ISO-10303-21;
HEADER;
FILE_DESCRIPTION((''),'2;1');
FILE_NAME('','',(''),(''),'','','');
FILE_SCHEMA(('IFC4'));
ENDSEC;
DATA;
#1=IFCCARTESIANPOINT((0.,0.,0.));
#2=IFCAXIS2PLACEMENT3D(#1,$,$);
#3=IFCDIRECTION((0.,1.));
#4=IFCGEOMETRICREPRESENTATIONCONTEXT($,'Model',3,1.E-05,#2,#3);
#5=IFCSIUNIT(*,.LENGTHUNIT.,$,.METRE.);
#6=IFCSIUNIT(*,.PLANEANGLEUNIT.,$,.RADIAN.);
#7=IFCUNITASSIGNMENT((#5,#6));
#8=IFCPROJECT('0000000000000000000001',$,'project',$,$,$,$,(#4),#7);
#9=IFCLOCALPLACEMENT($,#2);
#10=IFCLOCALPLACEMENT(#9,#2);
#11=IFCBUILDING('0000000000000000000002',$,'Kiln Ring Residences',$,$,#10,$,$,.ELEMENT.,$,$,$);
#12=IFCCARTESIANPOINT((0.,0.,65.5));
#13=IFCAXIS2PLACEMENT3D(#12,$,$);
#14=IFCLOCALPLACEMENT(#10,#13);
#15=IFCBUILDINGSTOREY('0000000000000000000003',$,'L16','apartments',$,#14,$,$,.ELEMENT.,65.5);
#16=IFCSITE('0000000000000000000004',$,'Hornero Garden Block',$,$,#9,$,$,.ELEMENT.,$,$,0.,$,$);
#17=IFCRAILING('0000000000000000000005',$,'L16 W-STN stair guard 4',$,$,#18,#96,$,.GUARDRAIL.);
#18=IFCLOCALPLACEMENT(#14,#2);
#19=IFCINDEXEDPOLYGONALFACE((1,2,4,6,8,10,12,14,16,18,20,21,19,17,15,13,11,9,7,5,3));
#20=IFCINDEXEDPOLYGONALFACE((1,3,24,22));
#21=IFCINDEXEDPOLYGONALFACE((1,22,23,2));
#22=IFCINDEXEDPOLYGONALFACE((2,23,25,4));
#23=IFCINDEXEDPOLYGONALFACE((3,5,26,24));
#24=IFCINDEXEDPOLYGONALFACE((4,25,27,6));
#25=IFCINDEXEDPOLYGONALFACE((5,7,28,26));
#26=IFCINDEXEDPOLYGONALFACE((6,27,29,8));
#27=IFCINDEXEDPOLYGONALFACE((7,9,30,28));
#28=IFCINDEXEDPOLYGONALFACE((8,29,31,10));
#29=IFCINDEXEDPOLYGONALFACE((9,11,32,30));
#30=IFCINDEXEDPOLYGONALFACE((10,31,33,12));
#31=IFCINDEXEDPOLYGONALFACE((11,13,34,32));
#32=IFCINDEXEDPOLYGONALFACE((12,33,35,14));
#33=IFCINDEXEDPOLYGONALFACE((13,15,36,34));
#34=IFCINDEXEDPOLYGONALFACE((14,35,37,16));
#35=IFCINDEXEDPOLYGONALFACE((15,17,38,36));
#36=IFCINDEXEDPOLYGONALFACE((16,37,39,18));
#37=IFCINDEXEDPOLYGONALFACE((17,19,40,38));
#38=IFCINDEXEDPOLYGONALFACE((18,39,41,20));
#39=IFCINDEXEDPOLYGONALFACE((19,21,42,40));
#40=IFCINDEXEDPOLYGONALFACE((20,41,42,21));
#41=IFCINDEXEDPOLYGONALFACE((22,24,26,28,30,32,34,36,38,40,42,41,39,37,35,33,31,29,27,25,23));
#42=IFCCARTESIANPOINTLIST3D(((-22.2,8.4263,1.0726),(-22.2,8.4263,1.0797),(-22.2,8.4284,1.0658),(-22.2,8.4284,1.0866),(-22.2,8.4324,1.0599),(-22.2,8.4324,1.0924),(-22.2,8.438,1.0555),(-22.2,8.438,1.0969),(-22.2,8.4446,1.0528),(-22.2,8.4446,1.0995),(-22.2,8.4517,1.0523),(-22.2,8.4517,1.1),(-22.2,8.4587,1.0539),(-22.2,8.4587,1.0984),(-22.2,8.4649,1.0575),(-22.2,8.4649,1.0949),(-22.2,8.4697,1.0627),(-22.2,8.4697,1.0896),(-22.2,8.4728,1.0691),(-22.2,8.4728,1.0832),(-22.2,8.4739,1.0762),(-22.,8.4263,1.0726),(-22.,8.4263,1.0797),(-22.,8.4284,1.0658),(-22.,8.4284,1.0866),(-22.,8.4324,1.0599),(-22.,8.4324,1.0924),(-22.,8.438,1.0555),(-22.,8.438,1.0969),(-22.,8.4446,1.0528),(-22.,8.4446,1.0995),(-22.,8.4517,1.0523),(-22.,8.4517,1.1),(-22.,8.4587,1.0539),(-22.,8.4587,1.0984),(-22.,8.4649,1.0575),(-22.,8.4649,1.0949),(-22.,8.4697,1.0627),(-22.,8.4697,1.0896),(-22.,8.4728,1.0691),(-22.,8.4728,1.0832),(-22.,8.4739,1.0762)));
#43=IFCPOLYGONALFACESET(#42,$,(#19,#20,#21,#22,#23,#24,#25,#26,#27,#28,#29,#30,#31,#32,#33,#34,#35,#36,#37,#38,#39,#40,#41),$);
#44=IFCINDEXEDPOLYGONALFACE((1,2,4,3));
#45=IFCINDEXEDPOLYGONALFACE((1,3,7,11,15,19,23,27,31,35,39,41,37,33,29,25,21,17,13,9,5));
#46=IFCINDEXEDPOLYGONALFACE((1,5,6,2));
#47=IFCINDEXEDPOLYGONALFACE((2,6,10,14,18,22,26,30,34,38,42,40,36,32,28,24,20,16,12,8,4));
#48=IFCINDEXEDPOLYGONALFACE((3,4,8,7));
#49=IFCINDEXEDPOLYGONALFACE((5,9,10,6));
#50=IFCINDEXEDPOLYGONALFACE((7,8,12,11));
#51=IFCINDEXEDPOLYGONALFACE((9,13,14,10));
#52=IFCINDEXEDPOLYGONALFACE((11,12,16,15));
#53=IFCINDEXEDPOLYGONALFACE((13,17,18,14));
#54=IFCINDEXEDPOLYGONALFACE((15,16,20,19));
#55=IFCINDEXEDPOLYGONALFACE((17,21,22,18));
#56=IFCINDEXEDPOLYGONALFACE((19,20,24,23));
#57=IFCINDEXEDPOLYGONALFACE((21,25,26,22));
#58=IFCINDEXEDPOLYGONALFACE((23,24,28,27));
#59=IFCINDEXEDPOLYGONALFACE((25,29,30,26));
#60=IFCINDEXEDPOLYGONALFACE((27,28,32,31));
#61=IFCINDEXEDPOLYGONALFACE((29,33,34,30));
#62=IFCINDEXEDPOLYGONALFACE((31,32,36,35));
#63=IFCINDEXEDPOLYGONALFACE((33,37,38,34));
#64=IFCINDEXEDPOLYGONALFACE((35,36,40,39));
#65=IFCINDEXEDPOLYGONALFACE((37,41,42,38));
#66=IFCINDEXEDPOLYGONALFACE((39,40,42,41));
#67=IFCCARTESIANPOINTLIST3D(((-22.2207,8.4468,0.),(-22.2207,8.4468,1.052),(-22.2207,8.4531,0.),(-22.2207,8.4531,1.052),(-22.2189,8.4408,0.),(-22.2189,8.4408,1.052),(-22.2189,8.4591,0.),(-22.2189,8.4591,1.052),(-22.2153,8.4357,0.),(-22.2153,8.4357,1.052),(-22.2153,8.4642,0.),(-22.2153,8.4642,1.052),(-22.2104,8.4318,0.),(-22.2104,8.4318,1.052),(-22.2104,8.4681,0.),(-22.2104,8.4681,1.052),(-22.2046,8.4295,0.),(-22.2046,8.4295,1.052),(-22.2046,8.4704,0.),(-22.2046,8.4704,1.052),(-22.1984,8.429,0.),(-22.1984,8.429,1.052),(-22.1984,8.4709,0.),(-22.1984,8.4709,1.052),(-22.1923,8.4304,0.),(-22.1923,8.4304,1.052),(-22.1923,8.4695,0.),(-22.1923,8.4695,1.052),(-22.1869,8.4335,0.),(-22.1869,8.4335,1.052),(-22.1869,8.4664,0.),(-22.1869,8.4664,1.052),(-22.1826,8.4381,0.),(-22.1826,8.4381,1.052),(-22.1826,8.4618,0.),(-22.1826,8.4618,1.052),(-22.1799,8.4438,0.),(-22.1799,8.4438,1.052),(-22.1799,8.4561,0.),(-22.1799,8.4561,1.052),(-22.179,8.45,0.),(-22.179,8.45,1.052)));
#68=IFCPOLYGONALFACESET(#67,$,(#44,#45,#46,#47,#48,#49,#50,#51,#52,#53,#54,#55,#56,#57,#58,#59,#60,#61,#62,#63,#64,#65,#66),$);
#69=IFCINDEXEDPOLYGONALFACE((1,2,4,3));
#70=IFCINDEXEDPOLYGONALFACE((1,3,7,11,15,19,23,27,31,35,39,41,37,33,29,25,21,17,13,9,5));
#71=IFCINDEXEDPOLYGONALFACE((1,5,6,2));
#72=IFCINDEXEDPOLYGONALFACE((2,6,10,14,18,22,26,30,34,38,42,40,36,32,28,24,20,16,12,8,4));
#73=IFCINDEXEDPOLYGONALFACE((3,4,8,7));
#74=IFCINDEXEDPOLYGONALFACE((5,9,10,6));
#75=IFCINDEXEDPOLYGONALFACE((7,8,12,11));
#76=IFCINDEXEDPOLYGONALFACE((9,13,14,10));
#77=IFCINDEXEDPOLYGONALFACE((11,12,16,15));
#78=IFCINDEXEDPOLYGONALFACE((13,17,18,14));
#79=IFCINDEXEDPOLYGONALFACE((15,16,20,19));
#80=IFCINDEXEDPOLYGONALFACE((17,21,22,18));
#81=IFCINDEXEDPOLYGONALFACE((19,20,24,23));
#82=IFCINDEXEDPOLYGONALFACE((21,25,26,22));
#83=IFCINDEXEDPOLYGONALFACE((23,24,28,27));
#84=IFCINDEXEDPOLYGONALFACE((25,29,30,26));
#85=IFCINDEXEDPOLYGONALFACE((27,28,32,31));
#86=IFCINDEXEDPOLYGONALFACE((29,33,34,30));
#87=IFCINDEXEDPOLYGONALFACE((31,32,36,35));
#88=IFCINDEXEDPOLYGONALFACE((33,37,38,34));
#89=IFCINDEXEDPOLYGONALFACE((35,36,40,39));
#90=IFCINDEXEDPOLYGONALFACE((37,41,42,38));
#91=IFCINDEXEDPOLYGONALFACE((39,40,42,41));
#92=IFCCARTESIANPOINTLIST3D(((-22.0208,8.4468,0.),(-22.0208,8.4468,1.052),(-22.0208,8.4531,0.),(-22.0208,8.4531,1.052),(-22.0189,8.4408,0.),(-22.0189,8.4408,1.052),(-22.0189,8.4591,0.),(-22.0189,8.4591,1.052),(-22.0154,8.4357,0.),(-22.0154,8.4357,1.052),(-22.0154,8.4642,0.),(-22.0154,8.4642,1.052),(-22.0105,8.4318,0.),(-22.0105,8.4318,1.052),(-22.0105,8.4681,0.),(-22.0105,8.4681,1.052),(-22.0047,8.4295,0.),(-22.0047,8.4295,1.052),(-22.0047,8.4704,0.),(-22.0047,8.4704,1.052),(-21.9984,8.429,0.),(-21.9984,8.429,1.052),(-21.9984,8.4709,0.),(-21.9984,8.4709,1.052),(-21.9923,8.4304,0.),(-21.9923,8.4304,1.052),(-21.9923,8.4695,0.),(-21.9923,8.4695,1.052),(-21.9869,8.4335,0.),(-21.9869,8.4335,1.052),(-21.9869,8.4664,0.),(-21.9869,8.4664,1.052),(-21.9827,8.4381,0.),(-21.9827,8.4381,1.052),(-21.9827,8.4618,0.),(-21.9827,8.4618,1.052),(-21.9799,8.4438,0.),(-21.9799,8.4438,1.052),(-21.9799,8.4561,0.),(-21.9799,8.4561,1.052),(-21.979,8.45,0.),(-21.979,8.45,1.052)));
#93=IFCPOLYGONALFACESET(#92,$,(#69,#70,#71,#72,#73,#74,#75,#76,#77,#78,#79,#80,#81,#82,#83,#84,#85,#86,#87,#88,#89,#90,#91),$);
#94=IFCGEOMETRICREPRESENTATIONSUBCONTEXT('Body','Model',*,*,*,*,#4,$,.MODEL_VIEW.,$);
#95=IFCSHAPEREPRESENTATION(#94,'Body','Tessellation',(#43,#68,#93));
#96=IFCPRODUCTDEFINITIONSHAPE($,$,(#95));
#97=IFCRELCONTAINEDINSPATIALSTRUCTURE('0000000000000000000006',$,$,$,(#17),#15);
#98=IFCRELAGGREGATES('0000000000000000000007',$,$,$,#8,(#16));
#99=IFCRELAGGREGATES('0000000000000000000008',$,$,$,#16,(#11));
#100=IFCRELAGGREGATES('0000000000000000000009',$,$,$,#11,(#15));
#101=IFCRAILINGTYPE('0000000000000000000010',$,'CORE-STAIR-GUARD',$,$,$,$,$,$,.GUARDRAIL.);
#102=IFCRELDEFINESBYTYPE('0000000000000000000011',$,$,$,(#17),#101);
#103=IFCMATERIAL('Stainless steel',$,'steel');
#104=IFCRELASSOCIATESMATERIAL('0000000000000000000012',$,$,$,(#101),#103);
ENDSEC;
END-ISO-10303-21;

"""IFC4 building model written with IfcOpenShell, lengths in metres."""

from ifc_helpers import new_model, si_unit, direction, frame, origin, origin_2d, place, context, subcontext, project, spatial, circle, extrude, material, type_object, element, save


model = new_model("IFC4")

# Units and contexts
model_context = context("Model", 3, precision=1e-05, world=origin(), true_north=direction((0.0, 1.0)))
body_context = subcontext(model_context, "Body", "Model", "MODEL_VIEW")
ifc_project = project(units=[si_unit("LENGTHUNIT", "METRE"), si_unit("PLANEANGLEUNIT", "RADIAN")], contexts=[model_context])

# Site, building, storey
site_placement = place(None, origin())
site = spatial("IfcSite", under=ifc_project, at=site_placement, Name="Hornero Garden Block", CompositionType="ELEMENT", RefElevation=0.0)
building_placement = place(site_placement, origin())
building = spatial("IfcBuilding", under=site, at=building_placement, Name="Kiln Ring Residences", CompositionType="ELEMENT")
storey_placement = place(building_placement, frame((0.0, 0.0, 65.5)))
storey = spatial("IfcBuildingStorey", under=building, at=storey_placement, Name="L16", Description="apartments", CompositionType="ELEMENT", Elevation=65.5)

# Railing
ifc_material_1 = material(Name="Stainless steel", Category="steel")
railing_type_1 = type_object("IfcRailingType", Name="CORE-STAIR-GUARD", PredefinedType="GUARDRAIL", material=ifc_material_1)
railing_1_placement = place(storey_placement, frame((-22.2, 8.45, 0.0)))
element("IfcRailing", 1, at=railing_1_placement, inside=storey, type_object=railing_type_1, Name="L16 W-STN stair guard 4", PredefinedType="GUARDRAIL", context=body_context, shape_type="SweptSolid", body=[
    extrude(circle(Radius=0.0239, at=origin_2d()), frame((0.0, 0.0, 1.0762), z_axis=(1.0, 0.0, 0.0), x_axis=(0.0, 1.0, 0.0)), (0.0, 0.0, 1.0), 0.2),
    extrude(circle(Radius=0.021, at=origin_2d()), origin(), (0.0, 0.0, 1.0), 1.052),
    extrude(circle(Radius=0.021, at=origin_2d()), frame((0.2, 0.0, 0.0)), (0.0, 0.0, 1.0), 1.052),
])

save(model, "model.ifc")
